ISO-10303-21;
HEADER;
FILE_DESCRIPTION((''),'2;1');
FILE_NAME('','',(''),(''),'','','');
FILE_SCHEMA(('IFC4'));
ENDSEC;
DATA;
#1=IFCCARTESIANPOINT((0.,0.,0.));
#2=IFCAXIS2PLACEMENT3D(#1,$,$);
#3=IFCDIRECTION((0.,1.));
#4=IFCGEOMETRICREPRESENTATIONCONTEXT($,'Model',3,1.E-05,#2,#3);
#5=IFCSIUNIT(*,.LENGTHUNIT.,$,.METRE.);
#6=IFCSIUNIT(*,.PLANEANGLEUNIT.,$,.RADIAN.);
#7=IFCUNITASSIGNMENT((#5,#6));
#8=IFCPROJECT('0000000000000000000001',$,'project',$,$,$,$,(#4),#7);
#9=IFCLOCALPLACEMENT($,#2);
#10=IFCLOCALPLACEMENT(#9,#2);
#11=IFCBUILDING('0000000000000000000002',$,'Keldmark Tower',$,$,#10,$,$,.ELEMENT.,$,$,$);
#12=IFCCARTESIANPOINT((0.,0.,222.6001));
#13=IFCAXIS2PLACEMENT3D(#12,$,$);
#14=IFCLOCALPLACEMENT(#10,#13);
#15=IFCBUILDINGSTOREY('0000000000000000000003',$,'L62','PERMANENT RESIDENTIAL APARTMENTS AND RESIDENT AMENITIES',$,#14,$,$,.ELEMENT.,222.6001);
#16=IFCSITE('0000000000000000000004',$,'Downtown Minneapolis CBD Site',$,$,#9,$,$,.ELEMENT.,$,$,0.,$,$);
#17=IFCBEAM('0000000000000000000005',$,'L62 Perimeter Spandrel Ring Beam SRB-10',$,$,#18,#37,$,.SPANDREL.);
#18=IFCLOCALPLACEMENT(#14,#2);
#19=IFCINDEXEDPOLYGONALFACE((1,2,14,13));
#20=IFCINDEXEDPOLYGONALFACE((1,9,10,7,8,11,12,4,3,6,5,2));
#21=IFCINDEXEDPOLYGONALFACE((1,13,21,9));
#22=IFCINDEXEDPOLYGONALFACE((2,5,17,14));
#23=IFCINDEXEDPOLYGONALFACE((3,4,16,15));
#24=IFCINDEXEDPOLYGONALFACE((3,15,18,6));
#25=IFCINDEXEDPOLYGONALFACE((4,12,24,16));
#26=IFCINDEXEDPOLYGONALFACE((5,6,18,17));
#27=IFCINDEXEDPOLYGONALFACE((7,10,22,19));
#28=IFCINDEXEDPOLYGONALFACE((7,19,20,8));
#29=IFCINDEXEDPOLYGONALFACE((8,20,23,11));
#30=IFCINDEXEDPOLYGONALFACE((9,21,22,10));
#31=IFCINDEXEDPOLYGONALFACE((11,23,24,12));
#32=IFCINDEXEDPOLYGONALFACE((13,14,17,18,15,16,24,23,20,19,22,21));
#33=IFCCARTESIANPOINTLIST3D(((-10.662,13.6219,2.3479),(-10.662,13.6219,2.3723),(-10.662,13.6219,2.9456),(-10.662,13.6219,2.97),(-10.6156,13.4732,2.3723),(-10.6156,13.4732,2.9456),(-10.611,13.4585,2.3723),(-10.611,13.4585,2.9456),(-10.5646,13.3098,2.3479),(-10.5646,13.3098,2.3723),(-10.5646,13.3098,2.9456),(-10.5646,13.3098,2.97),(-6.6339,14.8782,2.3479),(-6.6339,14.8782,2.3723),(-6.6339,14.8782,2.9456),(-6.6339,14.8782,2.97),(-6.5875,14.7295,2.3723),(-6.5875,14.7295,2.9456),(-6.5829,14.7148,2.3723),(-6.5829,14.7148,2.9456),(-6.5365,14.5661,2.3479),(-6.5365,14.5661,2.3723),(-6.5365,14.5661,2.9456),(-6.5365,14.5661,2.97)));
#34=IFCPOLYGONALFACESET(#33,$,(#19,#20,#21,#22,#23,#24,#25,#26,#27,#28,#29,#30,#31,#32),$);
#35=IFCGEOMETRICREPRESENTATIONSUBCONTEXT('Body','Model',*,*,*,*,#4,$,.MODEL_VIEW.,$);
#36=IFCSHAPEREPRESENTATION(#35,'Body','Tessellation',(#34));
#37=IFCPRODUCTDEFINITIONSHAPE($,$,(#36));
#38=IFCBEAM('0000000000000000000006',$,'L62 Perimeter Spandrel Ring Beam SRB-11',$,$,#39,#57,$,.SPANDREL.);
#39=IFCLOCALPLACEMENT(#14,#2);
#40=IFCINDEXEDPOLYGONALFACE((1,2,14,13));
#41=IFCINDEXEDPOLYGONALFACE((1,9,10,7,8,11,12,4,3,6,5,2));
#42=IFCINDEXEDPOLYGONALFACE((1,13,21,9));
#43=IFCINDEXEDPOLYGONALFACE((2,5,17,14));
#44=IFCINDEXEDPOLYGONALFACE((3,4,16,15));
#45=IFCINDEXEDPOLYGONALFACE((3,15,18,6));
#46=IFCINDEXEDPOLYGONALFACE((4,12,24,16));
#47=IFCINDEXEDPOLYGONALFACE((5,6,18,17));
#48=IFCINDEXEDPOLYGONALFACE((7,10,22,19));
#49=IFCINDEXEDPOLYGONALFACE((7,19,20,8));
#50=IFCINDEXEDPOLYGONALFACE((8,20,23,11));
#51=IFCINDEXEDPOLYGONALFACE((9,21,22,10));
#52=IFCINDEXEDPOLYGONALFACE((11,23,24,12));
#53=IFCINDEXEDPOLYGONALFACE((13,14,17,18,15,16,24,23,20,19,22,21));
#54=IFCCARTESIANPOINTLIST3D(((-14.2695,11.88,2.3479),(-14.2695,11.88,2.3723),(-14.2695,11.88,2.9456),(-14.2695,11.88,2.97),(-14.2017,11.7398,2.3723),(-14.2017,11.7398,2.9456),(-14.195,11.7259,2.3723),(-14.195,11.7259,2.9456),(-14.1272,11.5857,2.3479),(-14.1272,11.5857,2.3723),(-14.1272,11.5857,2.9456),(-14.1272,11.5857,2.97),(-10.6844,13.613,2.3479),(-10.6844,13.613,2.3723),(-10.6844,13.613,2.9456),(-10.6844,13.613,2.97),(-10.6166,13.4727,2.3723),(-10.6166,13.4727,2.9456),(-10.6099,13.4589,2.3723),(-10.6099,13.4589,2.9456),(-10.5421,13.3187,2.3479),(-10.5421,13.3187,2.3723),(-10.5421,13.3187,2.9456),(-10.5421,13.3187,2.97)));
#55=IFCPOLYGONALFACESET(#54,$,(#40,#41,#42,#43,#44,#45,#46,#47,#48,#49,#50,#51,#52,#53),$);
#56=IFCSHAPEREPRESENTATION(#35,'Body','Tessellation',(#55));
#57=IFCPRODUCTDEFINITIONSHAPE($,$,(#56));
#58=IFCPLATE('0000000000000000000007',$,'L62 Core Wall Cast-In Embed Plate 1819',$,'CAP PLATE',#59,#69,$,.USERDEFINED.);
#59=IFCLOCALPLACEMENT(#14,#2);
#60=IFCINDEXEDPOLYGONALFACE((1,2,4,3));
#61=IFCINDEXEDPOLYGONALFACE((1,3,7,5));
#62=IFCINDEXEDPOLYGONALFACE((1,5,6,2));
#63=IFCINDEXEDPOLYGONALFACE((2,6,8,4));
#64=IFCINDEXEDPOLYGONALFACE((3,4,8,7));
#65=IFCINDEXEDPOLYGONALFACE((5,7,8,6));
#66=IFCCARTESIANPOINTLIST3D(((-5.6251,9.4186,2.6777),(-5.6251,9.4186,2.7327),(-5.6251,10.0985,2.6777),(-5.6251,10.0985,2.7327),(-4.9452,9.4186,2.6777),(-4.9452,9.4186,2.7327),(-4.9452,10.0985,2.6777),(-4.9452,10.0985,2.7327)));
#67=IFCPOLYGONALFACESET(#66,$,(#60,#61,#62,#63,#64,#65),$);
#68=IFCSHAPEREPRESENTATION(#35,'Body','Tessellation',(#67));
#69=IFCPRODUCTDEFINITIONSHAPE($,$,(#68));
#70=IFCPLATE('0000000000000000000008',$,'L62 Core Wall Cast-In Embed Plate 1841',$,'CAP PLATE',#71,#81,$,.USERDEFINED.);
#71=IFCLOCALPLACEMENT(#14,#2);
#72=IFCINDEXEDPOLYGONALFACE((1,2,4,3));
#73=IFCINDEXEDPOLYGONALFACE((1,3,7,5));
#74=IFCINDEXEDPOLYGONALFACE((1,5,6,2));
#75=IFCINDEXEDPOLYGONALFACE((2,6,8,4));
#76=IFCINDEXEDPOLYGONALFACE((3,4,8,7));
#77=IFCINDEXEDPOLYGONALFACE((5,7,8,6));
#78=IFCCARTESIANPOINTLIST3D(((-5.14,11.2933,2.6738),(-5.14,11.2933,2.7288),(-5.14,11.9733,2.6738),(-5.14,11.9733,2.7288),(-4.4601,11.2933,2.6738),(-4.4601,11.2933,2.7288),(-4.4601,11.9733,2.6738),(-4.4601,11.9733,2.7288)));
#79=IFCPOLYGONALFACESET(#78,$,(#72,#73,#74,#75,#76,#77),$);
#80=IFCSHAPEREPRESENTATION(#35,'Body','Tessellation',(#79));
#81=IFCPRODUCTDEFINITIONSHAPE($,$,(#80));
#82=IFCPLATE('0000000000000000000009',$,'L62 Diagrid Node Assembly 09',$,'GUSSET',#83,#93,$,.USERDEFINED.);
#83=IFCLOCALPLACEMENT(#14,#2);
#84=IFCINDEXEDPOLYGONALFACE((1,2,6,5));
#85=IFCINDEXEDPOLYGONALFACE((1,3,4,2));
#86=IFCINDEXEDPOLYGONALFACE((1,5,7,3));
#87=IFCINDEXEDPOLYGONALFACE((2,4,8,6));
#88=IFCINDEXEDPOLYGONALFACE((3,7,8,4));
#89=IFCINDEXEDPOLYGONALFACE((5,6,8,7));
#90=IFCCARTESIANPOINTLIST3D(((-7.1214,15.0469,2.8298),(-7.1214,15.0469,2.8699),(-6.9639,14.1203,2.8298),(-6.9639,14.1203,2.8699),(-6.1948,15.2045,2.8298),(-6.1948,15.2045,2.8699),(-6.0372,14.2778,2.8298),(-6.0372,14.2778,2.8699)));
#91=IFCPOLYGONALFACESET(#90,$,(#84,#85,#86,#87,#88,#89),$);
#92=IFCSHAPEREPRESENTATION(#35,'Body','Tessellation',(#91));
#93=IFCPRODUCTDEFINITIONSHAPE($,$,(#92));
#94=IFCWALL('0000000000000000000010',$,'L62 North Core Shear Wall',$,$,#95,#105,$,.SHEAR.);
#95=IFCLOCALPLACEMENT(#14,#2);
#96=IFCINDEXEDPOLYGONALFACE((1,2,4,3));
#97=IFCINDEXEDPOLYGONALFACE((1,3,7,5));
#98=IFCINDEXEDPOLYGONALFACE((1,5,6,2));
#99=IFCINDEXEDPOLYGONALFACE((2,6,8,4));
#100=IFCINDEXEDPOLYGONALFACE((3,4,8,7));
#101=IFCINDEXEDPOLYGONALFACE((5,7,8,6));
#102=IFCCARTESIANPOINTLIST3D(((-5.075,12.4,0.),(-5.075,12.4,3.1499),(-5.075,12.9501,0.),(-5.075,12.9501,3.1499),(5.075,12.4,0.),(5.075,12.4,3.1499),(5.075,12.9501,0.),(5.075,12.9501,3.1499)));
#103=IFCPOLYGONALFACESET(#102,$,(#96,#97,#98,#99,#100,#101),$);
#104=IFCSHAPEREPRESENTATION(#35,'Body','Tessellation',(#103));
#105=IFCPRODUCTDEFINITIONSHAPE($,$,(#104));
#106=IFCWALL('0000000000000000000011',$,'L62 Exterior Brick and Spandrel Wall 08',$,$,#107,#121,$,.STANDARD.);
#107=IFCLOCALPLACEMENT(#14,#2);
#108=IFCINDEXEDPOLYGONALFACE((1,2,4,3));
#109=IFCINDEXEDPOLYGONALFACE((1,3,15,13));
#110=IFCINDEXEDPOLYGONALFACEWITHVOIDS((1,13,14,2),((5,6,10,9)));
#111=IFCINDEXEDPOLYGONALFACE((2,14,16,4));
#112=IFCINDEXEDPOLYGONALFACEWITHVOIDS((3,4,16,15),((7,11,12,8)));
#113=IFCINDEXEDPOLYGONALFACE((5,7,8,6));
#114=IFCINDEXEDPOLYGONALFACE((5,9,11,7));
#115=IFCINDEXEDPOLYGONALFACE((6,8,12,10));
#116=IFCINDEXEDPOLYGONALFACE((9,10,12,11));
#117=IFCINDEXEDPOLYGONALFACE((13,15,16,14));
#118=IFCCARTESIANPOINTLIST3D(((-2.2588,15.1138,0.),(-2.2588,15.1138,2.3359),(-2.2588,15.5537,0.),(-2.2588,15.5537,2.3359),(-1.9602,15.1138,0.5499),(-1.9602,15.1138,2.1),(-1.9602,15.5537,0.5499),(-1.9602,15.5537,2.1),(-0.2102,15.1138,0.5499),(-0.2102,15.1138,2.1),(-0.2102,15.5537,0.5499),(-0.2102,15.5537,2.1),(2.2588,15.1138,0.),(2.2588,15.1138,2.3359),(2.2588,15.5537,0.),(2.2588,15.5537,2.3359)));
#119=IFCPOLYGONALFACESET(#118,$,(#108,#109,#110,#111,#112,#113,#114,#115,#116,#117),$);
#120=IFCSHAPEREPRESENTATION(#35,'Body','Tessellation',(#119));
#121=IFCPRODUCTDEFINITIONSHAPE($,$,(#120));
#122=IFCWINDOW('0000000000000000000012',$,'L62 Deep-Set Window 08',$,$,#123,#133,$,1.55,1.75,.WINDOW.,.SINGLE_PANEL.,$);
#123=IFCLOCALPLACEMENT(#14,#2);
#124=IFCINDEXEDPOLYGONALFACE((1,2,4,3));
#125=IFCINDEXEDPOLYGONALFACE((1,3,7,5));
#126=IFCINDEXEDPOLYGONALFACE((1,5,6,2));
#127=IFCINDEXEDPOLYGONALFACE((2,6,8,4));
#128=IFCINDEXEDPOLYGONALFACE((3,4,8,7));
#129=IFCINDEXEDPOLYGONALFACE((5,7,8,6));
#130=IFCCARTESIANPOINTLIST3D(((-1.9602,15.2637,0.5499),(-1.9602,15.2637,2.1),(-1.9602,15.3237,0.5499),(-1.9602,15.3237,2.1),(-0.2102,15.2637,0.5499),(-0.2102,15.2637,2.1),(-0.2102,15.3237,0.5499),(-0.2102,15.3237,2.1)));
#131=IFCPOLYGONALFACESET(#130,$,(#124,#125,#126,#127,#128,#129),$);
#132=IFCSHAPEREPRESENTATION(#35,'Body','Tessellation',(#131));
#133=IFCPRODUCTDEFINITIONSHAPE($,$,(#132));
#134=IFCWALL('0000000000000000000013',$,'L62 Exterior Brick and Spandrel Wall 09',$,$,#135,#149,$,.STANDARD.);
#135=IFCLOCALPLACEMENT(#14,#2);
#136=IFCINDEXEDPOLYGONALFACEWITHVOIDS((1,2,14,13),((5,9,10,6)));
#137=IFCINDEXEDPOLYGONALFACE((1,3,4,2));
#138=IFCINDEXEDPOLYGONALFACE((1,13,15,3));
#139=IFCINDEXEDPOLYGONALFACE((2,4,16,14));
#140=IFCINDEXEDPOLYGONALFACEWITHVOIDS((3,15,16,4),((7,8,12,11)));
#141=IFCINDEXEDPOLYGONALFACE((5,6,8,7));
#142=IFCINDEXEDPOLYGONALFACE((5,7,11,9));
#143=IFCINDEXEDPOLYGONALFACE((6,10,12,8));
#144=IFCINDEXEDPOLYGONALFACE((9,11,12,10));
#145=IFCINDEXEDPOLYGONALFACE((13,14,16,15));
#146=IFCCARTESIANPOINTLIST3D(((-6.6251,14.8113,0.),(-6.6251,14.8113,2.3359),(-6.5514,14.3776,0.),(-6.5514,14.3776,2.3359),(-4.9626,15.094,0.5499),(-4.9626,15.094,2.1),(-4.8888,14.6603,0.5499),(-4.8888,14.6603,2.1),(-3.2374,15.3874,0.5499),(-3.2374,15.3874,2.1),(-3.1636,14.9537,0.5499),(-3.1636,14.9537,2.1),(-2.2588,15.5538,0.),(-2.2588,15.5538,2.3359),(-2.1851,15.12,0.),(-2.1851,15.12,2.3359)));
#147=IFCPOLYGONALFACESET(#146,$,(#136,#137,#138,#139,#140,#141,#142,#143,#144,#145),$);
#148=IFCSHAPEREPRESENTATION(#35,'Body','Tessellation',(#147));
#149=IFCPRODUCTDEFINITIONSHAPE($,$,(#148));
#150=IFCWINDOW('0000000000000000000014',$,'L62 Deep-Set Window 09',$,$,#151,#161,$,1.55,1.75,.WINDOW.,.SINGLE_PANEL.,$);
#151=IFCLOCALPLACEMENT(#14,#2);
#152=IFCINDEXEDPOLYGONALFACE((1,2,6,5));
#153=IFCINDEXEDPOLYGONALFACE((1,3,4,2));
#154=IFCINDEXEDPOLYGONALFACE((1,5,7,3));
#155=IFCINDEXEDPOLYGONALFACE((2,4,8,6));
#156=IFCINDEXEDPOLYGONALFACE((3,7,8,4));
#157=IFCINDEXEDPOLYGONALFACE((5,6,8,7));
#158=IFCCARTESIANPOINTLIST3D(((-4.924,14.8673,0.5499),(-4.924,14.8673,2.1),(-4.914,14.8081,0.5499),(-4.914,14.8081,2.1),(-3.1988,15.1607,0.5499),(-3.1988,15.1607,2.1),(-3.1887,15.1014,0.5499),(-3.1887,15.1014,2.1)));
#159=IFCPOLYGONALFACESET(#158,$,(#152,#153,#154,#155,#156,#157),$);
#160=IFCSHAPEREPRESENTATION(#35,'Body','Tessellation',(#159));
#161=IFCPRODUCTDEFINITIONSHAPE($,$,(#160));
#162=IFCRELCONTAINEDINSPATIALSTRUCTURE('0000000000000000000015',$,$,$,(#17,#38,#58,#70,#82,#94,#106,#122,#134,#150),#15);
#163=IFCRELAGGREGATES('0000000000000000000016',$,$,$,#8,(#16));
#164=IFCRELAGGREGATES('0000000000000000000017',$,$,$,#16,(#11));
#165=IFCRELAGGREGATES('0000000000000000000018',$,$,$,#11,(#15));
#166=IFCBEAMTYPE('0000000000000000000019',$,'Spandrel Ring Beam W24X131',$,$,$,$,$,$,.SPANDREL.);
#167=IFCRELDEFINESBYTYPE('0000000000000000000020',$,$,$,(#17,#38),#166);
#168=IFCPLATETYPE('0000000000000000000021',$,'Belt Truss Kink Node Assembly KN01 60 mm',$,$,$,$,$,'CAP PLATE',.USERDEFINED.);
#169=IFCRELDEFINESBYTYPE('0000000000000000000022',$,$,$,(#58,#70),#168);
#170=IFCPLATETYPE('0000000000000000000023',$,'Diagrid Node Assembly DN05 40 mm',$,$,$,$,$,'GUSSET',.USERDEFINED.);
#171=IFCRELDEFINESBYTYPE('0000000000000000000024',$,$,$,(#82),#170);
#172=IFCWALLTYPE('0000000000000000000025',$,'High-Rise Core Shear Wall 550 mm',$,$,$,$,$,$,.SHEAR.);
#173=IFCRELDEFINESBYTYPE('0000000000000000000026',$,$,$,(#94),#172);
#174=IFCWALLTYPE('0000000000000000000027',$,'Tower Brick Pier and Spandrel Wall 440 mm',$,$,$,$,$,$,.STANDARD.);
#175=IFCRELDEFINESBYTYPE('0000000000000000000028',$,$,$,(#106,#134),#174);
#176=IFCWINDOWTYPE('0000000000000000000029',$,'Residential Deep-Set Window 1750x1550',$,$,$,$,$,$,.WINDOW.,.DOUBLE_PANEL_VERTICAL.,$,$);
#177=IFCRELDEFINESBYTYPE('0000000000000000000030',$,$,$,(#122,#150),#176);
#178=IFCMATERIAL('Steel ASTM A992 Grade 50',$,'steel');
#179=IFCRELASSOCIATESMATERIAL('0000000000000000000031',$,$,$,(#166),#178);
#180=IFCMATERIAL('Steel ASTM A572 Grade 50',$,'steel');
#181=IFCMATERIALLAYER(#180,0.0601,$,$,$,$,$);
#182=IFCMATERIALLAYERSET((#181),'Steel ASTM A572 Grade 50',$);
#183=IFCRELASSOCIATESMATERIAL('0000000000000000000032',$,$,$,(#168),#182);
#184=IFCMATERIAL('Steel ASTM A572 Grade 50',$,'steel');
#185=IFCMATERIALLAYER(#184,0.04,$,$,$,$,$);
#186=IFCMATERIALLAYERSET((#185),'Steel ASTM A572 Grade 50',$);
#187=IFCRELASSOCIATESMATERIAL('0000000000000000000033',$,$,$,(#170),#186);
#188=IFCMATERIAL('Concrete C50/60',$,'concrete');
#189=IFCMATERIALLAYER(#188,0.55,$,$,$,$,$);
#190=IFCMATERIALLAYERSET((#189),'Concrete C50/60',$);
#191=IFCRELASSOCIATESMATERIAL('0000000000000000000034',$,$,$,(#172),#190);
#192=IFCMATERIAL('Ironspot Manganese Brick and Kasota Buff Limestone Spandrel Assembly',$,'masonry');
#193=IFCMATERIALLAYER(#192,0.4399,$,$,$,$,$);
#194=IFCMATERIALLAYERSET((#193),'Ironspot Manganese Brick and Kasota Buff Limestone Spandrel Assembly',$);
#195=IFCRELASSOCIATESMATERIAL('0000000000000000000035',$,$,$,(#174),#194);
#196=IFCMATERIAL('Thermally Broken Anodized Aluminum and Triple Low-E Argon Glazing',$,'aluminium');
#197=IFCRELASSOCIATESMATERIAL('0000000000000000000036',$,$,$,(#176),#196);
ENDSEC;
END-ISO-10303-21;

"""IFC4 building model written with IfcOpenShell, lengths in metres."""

from ifc_helpers import new_model, si_unit, direction, frame, frame_2d, origin, origin_2d, place, context, subcontext, project, spatial, rectangle, i_section, extrude, material, layer, layer_set, material_profile, profile_set, type_object, element, fill, save


model = new_model("IFC4")

# Units and contexts
model_context = context("Model", 3, precision=1e-05, world=origin(), true_north=direction((0.0, 1.0)))
body_context = subcontext(model_context, "Body", "Model", "MODEL_VIEW")
ifc_project = project(units=[si_unit("LENGTHUNIT", "METRE"), si_unit("PLANEANGLEUNIT", "RADIAN")], contexts=[model_context])

# Site, building, storey
site_placement = place(None, origin())
site = spatial("IfcSite", under=ifc_project, at=site_placement, Name="Downtown Minneapolis CBD Site", CompositionType="ELEMENT", RefElevation=0.0)
building_placement = place(site_placement, origin())
building = spatial("IfcBuilding", under=site, at=building_placement, Name="Keldmark Tower", CompositionType="ELEMENT")
storey_placement = place(building_placement, frame((0.0, 0.0, 222.6001)))
storey = spatial("IfcBuildingStorey", under=building, at=storey_placement, Name="L62", Description="PERMANENT RESIDENTIAL APARTMENTS AND RESIDENT AMENITIES", CompositionType="ELEMENT", Elevation=222.6001)

# Beams
ifc_material_1 = material(Name="Steel ASTM A992 Grade 50", Category="steel")
ifc_material_profile_1 = material_profile(ifc_material_1, i_section(OverallWidth=0.3269, OverallDepth=0.6221, WebThickness=0.0154, FlangeThickness=0.0244, at=origin_2d()), Name="W24X131")
ifc_profile_set_1 = profile_set([ifc_material_profile_1], Name="Steel ASTM A992 Grade 50")
beam_type_1 = type_object("IfcBeamType", Name="Spandrel Ring Beam W24X131", PredefinedType="SPANDREL", material=ifc_profile_set_1)
beam_1_placement = place(storey_placement, frame((-6.5852, 14.7222, 2.6589), z_axis=(-0.954644, -0.297751, 0.0), x_axis=(0.297751, -0.954644, 0.0)))
element("IfcBeam", 1, at=beam_1_placement, inside=storey, type_object=beam_type_1, Name="L62 Perimeter Spandrel Ring Beam SRB-10", PredefinedType="SPANDREL", context=body_context, shape_type="SweptSolid", body=[
    extrude(i_section(OverallWidth=0.3269, OverallDepth=0.6221, WebThickness=0.0154, FlangeThickness=0.0244, at=origin_2d()), origin(), (0.0, 0.0, 1.0), 4.2195),
])
beam_2_placement = place(storey_placement, frame((-10.6133, 13.4658, 2.6589), z_axis=(-0.900331, -0.435205, 0.0), x_axis=(0.435205, -0.900331, 0.0)))
element("IfcBeam", 2, at=beam_2_placement, inside=storey, type_object=beam_type_1, Name="L62 Perimeter Spandrel Ring Beam SRB-11", PredefinedType="SPANDREL", context=body_context, shape_type="SweptSolid", body=[
    extrude(i_section(OverallWidth=0.3269, OverallDepth=0.6221, WebThickness=0.0154, FlangeThickness=0.0244, at=origin_2d()), origin(), (0.0, 0.0, 1.0), 3.9819),
])

# Plates
ifc_material_2 = material(Name="Steel ASTM A572 Grade 50", Category="steel")
ifc_layer_1 = layer(ifc_material_2, 0.0601)
ifc_layer_set_1 = layer_set([ifc_layer_1], Name="Steel ASTM A572 Grade 50")
plate_type_1 = type_object("IfcPlateType", Name="Belt Truss Kink Node Assembly KN01 60 mm", ElementType="CAP PLATE", PredefinedType="USERDEFINED", material=ifc_layer_set_1)
for number, where, z_axis, x_axis, name in (
    (3, (-5.2852, 9.7585, 2.6777), (0.0, 0.0, 1.0), (1.0, 0.0, 0.0), "L62 Core Wall Cast-In Embed Plate 1819"),
    (4, (-4.8, 11.6333, 2.6738), (0.0, 0.0, 1.0), (1.0, 0.0, 0.0), "L62 Core Wall Cast-In Embed Plate 1841"),
):
    element("IfcPlate", number, at=place(storey_placement, frame(where, z_axis=z_axis, x_axis=x_axis)), inside=storey, type_object=plate_type_1, Name=name, ObjectType="CAP PLATE", PredefinedType="USERDEFINED", context=body_context, shape_type="SweptSolid", body=[
        extrude(rectangle(XDim=0.6799, YDim=0.6799, at=origin_2d()), origin(), (0.0, 0.0, 1.0), 0.0549),
    ])
ifc_material_3 = material(Name="Steel ASTM A572 Grade 50", Category="steel")
ifc_layer_2 = layer(ifc_material_3, 0.04)
ifc_layer_set_2 = layer_set([ifc_layer_2], Name="Steel ASTM A572 Grade 50")
plate_type_2 = type_object("IfcPlateType", Name="Diagrid Node Assembly DN05 40 mm", ElementType="GUSSET", PredefinedType="USERDEFINED", material=ifc_layer_set_2)
plate_placement = place(storey_placement, frame((-6.5793, 14.6624, 2.8298), z_axis=(0.0, 0.0, 1.0), x_axis=(-0.98585, -0.167629, 0.0)))
element("IfcPlate", 5, at=plate_placement, inside=storey, type_object=plate_type_2, Name="L62 Diagrid Node Assembly 09", ObjectType="GUSSET", PredefinedType="USERDEFINED", context=body_context, shape_type="SweptSolid", body=[
    extrude(rectangle(XDim=0.9399, YDim=0.9399, at=origin_2d()), origin(), (0.0, 0.0, 1.0), 0.04),
])

# Wall
ifc_material_4 = material(Name="Concrete C50/60", Category="concrete")
ifc_layer_3 = layer(ifc_material_4, 0.55)
ifc_layer_set_3 = layer_set([ifc_layer_3], Name="Concrete C50/60")
wall_type_1 = type_object("IfcWallType", Name="High-Rise Core Shear Wall 550 mm", PredefinedType="SHEAR", material=ifc_layer_set_3)
wall_1_placement = place(storey_placement, frame((-5.075, 12.675, 0.0), z_axis=(0.0, 0.0, 1.0), x_axis=(1.0, 0.0, 0.0)))
element("IfcWall", 6, at=wall_1_placement, inside=storey, type_object=wall_type_1, Name="L62 North Core Shear Wall", PredefinedType="SHEAR", context=body_context, shape_type="SweptSolid", body=[
    extrude(rectangle(XDim=10.1499, YDim=0.55, at=frame_2d((5.075, 0.0))), origin(), (0.0, 0.0, 1.0), 3.1499),
])

# Walls, openings, windows
ifc_material_5 = material(Name="Ironspot Manganese Brick and Kasota Buff Limestone Spandrel Assembly", Category="masonry")
ifc_layer_4 = layer(ifc_material_5, 0.4399)
ifc_layer_set_4 = layer_set([ifc_layer_4], Name="Ironspot Manganese Brick and Kasota Buff Limestone Spandrel Assembly")
wall_type_2 = type_object("IfcWallType", Name="Tower Brick Pier and Spandrel Wall 440 mm", PredefinedType="STANDARD", material=ifc_layer_set_4)
wall_2_placement = place(storey_placement, frame((-2.2588, 15.3337, 0.0), z_axis=(0.0, 0.0, 1.0), x_axis=(1.0, 0.0, 0.0)))
wall_2 = element("IfcWall", 7, at=wall_2_placement, inside=storey, type_object=wall_type_2, Name="L62 Exterior Brick and Spandrel Wall 08", PredefinedType="STANDARD", context=body_context, shape_type="SweptSolid", body=[
    extrude(rectangle(XDim=4.5176, YDim=0.4399, at=frame_2d((2.2588, 0.0))), origin(), (0.0, 0.0, 1.0), 2.3359),
])
opening_1_placement = place(wall_2_placement, frame((0.2986, 0.0, 0.55)))
opening_1 = element("IfcOpeningElement", 8, at=opening_1_placement, cuts=wall_2, PredefinedType="OPENING", context=body_context, shape_type="SweptSolid", body=[
    extrude(rectangle(XDim=1.75, YDim=1.55, at=frame_2d((0.875, 0.7749))), frame((0.0, 0.23, 0.0), z_axis=(0.0, -1.0, 0.0), x_axis=(1.0, 0.0, 0.0)), (0.0, 0.0, 1.0), 0.46),
])
ifc_material_6 = material(Name="Thermally Broken Anodized Aluminum and Triple Low-E Argon Glazing", Category="aluminium")
window_type = type_object("IfcWindowType", Name="Residential Deep-Set Window 1750x1550", PartitioningType="DOUBLE_PANEL_VERTICAL", PredefinedType="WINDOW", material=ifc_material_6)
window_1_placement = place(opening_1_placement, origin())
window_1 = element("IfcWindow", 9, at=window_1_placement, inside=storey, type_object=window_type, Name="L62 Deep-Set Window 08", OverallHeight=1.55, OverallWidth=1.75, PartitioningType="SINGLE_PANEL", PredefinedType="WINDOW", context=body_context, shape_type="SweptSolid", body=[
    extrude(rectangle(XDim=1.75, YDim=1.55, at=frame_2d((0.875, 0.7749))), frame((0.0, -0.01, 0.0), z_axis=(0.0, -1.0, 0.0), x_axis=(1.0, 0.0, 0.0)), (0.0, 0.0, 1.0), 0.0601),
])
fill(opening_1, window_1)
wall_3_placement = place(storey_placement, frame((-6.5881, 14.5945, 0.0), z_axis=(0.0, 0.0, 1.0), x_axis=(0.985849, 0.167634, 0.0)))
wall_3 = element("IfcWall", 10, at=wall_3_placement, inside=storey, type_object=wall_type_2, Name="L62 Exterior Brick and Spandrel Wall 09", PredefinedType="STANDARD", context=body_context, shape_type="SweptSolid", body=[
    extrude(rectangle(XDim=4.429, YDim=0.4399, at=frame_2d((2.2144, 0.0))), origin(), (0.0, 0.0, 1.0), 2.3359),
])
opening_2_placement = place(wall_3_placement, frame((1.6863, 0.0, 0.55)))
opening_2 = element("IfcOpeningElement", 11, at=opening_2_placement, cuts=wall_3, PredefinedType="OPENING", context=body_context, shape_type="SweptSolid", body=[
    extrude(rectangle(XDim=1.75, YDim=1.55, at=frame_2d((0.875, 0.7749))), frame((0.0, 0.23, 0.0), z_axis=(0.0, -1.0, 0.0), x_axis=(1.0, 0.0, 0.0)), (0.0, 0.0, 1.0), 0.46),
])
window_2_placement = place(opening_2_placement, origin())
window_2 = element("IfcWindow", 12, at=window_2_placement, inside=storey, type_object=window_type, Name="L62 Deep-Set Window 09", OverallHeight=1.55, OverallWidth=1.75, PartitioningType="SINGLE_PANEL", PredefinedType="WINDOW", context=body_context, shape_type="SweptSolid", body=[
    extrude(rectangle(XDim=1.75, YDim=1.55, at=frame_2d((0.875, 0.7749))), frame((0.0, -0.01, 0.0), z_axis=(0.0, -1.0, 0.0), x_axis=(1.0, 0.0, 0.0)), (0.0, 0.0, 1.0), 0.0601),
])
fill(opening_2, window_2)

save(model, "model.ifc")
